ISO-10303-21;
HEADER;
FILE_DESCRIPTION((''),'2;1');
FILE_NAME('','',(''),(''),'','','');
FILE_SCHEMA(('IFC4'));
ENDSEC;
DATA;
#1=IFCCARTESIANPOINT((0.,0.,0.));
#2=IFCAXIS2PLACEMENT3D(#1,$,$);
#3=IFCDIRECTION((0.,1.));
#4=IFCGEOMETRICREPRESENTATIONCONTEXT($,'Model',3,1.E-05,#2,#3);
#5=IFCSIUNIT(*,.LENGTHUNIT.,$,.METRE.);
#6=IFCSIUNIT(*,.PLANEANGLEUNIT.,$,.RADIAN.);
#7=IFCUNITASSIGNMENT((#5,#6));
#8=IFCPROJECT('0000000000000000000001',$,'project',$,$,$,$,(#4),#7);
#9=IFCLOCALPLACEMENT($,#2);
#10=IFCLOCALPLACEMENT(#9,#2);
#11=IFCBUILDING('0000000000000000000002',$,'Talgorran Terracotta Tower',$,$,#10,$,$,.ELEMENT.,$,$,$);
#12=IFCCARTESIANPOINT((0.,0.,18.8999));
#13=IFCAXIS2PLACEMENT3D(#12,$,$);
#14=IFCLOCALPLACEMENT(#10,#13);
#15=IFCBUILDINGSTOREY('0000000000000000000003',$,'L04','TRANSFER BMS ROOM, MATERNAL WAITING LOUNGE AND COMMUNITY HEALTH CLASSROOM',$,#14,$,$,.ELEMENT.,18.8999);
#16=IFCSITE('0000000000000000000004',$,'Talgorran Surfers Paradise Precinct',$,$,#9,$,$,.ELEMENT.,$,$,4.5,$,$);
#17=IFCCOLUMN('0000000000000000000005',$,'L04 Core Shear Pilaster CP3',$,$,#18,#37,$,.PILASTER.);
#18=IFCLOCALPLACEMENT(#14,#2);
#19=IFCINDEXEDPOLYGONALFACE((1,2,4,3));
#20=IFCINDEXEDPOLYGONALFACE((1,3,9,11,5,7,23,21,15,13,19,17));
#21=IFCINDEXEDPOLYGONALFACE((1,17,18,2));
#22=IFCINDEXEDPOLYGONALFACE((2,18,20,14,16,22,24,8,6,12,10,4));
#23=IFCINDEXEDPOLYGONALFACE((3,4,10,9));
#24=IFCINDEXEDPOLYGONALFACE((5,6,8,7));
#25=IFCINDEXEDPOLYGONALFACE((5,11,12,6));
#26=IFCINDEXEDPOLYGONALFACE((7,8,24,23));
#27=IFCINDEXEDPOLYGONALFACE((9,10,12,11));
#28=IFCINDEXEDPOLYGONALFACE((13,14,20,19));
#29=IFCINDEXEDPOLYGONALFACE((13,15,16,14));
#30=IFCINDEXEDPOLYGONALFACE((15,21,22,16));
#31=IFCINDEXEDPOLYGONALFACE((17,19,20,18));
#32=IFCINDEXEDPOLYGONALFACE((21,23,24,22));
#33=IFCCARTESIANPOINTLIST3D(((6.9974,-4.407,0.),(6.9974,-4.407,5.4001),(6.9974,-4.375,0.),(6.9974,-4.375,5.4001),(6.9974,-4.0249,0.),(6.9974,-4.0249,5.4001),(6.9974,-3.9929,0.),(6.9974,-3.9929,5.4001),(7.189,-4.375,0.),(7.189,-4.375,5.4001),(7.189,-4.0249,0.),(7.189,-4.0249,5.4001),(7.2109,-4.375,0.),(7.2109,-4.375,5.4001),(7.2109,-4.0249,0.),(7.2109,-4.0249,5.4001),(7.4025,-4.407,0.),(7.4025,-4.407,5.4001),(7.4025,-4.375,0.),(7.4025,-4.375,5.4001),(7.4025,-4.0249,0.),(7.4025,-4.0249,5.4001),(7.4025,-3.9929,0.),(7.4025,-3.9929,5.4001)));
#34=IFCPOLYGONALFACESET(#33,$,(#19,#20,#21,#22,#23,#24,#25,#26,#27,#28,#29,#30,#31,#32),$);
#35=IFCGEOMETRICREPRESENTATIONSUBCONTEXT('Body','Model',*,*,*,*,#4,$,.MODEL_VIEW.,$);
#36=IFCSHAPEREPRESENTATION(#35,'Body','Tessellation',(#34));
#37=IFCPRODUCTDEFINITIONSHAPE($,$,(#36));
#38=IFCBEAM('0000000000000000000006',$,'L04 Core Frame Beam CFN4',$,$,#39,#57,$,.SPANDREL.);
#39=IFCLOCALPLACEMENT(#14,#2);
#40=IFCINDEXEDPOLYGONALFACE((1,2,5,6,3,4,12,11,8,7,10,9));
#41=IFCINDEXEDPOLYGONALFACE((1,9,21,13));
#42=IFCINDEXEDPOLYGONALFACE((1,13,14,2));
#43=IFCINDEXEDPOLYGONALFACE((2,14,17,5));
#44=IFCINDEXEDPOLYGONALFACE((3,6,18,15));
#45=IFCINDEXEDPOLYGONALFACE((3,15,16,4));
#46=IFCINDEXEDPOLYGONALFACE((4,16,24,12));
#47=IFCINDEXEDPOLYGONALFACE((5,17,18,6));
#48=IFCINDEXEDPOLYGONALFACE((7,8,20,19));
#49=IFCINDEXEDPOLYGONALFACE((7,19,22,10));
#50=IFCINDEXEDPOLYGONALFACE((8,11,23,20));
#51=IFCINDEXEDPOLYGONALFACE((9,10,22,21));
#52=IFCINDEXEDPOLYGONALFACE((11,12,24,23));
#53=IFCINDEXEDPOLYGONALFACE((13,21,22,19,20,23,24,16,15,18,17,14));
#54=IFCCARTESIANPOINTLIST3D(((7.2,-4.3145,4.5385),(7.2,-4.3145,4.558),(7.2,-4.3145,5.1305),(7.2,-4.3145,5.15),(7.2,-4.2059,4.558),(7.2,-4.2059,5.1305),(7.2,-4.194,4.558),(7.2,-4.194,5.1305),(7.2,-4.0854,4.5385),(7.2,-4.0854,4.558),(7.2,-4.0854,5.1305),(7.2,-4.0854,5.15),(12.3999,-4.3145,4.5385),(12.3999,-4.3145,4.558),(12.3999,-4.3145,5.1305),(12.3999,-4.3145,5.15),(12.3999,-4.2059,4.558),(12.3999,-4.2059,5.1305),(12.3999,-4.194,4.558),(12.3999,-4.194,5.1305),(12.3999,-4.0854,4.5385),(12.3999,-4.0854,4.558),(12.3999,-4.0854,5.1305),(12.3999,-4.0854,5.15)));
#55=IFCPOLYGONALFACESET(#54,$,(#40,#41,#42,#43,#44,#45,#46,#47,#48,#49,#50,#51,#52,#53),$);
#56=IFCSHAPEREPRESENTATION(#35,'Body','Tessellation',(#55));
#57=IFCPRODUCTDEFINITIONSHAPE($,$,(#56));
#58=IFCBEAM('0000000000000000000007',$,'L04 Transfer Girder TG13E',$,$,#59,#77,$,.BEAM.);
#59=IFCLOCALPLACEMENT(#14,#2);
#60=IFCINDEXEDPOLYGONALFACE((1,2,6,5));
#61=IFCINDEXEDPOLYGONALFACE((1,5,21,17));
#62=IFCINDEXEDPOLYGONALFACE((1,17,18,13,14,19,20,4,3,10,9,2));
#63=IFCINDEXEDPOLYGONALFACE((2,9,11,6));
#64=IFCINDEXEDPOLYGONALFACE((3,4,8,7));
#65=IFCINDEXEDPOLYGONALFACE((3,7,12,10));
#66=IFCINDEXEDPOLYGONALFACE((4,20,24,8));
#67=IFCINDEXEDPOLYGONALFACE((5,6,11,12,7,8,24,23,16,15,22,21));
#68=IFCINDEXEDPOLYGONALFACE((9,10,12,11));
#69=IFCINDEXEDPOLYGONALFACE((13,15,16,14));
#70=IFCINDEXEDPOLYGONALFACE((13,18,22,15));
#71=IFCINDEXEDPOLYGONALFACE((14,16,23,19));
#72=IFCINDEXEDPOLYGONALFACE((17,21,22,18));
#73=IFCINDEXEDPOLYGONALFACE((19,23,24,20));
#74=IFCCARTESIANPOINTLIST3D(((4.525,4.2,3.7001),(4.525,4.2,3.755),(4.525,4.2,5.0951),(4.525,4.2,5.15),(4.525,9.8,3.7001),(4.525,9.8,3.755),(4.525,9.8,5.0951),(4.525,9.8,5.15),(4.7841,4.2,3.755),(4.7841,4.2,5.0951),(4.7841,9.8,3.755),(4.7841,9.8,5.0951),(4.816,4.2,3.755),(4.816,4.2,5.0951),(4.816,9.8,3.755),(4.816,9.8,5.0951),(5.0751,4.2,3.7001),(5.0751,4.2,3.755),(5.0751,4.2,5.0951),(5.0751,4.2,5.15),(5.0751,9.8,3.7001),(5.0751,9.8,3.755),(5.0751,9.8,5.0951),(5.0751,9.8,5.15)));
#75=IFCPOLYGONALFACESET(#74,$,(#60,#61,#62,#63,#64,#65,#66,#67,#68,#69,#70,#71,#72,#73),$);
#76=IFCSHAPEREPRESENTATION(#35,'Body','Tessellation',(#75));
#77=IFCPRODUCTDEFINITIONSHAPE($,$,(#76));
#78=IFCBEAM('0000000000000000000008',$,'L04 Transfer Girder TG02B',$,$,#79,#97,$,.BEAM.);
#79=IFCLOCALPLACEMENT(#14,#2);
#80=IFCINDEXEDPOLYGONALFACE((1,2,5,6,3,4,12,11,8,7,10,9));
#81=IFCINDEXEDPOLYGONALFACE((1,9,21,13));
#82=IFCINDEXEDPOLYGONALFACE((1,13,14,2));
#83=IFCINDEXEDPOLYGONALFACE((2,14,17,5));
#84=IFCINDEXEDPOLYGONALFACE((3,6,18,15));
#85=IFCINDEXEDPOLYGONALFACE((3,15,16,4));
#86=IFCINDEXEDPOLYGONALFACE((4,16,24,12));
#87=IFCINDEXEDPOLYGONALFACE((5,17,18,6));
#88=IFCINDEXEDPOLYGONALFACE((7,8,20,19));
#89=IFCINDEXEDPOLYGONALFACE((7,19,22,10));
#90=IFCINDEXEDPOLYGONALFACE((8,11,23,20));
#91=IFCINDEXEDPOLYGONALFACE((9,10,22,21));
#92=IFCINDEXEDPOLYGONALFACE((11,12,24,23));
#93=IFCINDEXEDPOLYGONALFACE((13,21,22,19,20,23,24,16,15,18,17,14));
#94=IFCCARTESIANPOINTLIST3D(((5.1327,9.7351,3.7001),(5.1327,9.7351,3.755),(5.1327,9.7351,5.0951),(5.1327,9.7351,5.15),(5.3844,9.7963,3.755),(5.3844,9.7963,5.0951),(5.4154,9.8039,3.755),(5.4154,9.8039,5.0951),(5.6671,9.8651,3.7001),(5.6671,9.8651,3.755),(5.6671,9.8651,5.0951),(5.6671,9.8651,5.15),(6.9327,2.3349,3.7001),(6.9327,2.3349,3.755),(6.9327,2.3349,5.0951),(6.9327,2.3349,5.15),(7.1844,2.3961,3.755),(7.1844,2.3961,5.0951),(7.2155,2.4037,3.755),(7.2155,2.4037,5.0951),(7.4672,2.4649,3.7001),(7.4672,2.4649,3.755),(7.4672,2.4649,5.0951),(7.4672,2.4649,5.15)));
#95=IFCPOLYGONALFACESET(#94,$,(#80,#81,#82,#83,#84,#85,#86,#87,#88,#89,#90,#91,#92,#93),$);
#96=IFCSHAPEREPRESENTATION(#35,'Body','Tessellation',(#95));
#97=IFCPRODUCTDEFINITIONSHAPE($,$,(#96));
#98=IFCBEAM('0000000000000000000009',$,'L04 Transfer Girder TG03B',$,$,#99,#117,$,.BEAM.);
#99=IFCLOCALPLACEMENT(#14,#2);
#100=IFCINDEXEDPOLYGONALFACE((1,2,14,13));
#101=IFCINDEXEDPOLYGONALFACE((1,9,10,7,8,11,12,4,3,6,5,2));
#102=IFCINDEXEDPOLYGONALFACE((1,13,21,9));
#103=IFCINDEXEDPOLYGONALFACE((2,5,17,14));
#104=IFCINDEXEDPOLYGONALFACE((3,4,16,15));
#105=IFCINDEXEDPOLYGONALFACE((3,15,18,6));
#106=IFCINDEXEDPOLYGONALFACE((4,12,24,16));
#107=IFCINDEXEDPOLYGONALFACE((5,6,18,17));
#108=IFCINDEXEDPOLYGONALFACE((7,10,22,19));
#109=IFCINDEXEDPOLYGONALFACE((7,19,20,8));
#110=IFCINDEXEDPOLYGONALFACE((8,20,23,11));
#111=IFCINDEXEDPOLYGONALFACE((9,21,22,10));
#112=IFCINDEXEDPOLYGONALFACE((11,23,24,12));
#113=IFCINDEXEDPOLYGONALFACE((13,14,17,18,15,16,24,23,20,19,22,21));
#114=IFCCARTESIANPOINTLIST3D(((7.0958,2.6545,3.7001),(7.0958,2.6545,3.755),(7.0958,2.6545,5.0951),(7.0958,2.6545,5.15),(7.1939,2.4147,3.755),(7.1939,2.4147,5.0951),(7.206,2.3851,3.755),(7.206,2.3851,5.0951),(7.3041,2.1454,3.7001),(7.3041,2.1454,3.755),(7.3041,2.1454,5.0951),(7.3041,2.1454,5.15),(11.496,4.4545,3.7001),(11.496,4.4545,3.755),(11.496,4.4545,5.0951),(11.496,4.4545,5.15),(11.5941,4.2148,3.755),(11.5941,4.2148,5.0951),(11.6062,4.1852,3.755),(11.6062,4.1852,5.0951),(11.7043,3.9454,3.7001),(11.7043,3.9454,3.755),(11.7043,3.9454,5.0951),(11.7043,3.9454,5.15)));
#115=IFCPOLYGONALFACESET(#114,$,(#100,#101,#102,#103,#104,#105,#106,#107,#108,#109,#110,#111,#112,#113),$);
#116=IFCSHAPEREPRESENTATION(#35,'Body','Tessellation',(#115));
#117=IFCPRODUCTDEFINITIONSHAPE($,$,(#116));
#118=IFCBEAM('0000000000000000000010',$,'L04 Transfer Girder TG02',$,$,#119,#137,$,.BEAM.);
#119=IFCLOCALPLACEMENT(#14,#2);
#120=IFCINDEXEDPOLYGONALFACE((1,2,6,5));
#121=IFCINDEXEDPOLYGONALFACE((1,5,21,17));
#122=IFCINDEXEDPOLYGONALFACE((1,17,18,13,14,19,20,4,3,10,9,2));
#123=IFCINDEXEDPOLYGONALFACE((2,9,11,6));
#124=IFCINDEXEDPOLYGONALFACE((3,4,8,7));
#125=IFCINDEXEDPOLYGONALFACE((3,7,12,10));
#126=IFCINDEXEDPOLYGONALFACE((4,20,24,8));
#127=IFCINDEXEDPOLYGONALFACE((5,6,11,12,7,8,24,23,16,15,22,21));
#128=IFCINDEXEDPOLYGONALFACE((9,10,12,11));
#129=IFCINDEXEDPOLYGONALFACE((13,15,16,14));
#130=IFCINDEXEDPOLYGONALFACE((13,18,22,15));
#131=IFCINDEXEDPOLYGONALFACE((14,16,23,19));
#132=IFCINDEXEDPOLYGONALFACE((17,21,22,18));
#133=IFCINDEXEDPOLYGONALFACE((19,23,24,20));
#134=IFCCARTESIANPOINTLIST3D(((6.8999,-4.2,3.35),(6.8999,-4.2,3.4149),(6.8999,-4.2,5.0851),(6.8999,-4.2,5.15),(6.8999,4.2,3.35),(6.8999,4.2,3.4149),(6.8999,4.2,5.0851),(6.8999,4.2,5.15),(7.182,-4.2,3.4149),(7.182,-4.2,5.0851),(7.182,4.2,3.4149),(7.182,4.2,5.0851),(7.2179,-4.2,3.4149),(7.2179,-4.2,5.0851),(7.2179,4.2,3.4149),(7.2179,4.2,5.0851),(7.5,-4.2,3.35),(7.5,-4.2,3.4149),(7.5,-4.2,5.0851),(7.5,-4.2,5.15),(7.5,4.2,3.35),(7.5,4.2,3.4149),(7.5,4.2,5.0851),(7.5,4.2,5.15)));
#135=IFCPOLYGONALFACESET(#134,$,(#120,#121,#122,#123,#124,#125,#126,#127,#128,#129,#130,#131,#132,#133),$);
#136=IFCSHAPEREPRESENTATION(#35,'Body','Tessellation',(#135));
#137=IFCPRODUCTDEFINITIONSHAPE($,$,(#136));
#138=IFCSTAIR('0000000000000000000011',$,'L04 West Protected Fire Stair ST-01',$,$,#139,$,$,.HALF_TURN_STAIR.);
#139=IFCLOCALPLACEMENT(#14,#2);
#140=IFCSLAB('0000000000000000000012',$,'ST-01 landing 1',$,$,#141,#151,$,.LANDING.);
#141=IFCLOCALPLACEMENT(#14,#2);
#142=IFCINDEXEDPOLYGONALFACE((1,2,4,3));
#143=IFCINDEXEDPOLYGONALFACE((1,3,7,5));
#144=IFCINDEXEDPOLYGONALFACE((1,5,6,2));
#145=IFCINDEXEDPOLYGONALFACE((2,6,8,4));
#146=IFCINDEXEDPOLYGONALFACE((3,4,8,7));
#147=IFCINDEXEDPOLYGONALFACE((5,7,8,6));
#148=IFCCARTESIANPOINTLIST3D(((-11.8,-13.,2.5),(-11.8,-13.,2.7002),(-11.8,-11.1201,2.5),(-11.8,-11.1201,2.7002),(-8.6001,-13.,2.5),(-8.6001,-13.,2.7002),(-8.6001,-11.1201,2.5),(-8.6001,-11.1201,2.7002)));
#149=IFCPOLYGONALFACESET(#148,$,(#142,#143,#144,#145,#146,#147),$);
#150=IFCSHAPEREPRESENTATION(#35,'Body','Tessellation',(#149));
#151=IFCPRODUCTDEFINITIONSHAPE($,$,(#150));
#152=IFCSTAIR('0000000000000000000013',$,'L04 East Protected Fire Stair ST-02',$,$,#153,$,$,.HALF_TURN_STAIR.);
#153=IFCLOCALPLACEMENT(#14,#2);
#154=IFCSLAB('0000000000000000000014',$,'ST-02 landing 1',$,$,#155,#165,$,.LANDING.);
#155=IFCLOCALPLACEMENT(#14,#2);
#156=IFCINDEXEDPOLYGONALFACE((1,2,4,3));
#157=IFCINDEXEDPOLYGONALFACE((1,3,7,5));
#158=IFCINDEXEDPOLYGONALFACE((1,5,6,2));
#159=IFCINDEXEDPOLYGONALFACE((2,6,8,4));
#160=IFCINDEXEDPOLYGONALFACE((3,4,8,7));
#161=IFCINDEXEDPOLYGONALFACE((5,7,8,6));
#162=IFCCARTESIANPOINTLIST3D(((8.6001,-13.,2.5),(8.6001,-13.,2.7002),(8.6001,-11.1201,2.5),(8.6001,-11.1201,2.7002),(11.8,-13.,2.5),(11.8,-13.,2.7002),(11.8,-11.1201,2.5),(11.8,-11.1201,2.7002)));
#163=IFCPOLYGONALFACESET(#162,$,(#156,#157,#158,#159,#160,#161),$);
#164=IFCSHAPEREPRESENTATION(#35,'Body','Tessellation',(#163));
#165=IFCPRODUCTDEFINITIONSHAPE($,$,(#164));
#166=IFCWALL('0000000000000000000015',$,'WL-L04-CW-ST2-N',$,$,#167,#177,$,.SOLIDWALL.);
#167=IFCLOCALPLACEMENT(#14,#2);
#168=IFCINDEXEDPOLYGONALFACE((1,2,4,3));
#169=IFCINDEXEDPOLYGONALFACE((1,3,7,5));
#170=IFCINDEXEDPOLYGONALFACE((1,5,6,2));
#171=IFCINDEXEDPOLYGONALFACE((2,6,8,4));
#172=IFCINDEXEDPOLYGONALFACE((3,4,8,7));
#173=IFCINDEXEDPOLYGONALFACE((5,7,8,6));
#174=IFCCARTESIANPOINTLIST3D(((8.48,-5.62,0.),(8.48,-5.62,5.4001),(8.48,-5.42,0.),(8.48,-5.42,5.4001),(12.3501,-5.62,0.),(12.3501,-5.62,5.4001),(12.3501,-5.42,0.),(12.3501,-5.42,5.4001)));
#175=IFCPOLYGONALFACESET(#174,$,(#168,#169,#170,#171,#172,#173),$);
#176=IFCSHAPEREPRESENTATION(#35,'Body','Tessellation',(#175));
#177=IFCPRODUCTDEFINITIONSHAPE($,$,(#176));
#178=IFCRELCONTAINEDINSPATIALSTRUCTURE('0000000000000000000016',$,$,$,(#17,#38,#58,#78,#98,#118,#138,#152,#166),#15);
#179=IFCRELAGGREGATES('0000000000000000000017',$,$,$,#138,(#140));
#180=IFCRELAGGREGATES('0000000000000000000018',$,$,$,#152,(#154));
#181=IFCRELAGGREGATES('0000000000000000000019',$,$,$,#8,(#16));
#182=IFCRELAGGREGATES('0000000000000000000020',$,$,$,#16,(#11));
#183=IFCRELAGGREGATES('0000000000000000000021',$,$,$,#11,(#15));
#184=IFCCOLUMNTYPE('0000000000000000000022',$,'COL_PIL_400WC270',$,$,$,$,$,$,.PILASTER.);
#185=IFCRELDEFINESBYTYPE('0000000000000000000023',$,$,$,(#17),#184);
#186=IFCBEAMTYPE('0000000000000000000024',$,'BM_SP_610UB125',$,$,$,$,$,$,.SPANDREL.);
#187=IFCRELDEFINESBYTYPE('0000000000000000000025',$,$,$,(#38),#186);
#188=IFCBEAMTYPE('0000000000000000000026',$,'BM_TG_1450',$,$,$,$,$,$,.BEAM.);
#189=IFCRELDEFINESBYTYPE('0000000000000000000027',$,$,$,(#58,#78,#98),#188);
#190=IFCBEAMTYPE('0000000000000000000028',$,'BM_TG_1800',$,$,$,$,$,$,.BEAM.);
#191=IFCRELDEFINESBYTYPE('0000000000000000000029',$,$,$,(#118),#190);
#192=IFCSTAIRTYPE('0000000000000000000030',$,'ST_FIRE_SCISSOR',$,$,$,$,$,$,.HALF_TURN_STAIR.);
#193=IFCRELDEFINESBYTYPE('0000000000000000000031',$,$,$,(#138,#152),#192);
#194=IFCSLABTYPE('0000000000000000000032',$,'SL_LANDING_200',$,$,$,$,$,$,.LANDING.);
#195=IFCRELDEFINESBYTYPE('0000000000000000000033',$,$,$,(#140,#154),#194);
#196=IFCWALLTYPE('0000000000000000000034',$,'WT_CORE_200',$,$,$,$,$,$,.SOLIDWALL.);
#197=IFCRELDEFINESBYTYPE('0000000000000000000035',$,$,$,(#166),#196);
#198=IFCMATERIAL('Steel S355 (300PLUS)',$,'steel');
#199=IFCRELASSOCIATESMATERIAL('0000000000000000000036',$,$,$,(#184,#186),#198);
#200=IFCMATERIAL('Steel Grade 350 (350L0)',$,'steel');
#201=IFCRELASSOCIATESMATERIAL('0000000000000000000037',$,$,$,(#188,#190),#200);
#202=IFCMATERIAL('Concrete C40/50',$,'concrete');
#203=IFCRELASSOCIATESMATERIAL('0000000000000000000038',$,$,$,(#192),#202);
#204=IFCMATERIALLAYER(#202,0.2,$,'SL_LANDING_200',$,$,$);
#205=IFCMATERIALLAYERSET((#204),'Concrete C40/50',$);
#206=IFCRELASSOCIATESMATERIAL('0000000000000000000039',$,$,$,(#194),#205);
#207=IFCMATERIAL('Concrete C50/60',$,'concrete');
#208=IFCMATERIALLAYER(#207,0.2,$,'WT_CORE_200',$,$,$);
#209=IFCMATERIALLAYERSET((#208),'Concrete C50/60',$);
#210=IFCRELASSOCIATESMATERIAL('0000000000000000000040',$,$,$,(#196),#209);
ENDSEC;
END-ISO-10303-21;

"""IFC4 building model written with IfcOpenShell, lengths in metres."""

from ifc_helpers import new_model, si_unit, direction, frame, frame_2d, origin, origin_2d, place, context, subcontext, project, spatial, polyline, rectangle, i_section, outline, extrude, material, layer, layer_set, material_profile, profile_set, type_object, element, aggregate, save


model = new_model("IFC4")

# Units and contexts
model_context = context("Model", 3, precision=1e-05, world=origin(), true_north=direction((0.0, 1.0)))
body_context = subcontext(model_context, "Body", "Model", "MODEL_VIEW")
ifc_project = project(units=[si_unit("LENGTHUNIT", "METRE"), si_unit("PLANEANGLEUNIT", "RADIAN")], contexts=[model_context])

# Site, building, storey
site_placement = place(None, origin())
site = spatial("IfcSite", under=ifc_project, at=site_placement, Name="Talgorran Surfers Paradise Precinct", CompositionType="ELEMENT", RefElevation=4.5)
building_placement = place(site_placement, origin())
building = spatial("IfcBuilding", under=site, at=building_placement, Name="Talgorran Terracotta Tower", CompositionType="ELEMENT")
storey_placement = place(building_placement, frame((0.0, 0.0, 18.8999)))
storey = spatial("IfcBuildingStorey", under=building, at=storey_placement, Name="L04", Description="TRANSFER BMS ROOM, MATERNAL WAITING LOUNGE AND COMMUNITY HEALTH CLASSROOM", CompositionType="ELEMENT", Elevation=18.8999)

# Column
ifc_material_1 = material(Name="Steel S355 (300PLUS)", Category="steel")
ifc_material_profile_1 = material_profile(ifc_material_1, i_section(OverallWidth=0.405, OverallDepth=0.4141, WebThickness=0.022, FlangeThickness=0.032, at=origin_2d()), Name="400WC270")
ifc_profile_set_1 = profile_set([ifc_material_profile_1], Name="Steel S355 (300PLUS)")
column_type = type_object("IfcColumnType", Name="COL_PIL_400WC270", PredefinedType="PILASTER", material=ifc_profile_set_1)
column_placement = place(storey_placement, frame((7.2, -4.2, 0.0), z_axis=(0.0, 0.0, 1.0), x_axis=(1.0, 0.0, 0.0)))
element("IfcColumn", 1, at=column_placement, inside=storey, type_object=column_type, Name="L04 Core Shear Pilaster CP3", PredefinedType="PILASTER", context=body_context, shape_type="SweptSolid", body=[
    extrude(i_section(OverallWidth=0.405, OverallDepth=0.4141, WebThickness=0.022, FlangeThickness=0.032, at=origin_2d()), origin(), (0.0, 0.0, 1.0), 5.4001),
])

# Beams
ifc_material_profile_2 = material_profile(ifc_material_1, i_section(OverallWidth=0.229, OverallDepth=0.6116, WebThickness=0.012, FlangeThickness=0.0195, at=origin_2d()), Name="610UB125")
ifc_profile_set_2 = profile_set([ifc_material_profile_2], Name="Steel S355 (300PLUS)")
beam_type_1 = type_object("IfcBeamType", Name="BM_SP_610UB125", PredefinedType="SPANDREL", material=ifc_profile_set_2)
beam_1_placement = place(storey_placement, frame((7.2, -4.2, 4.8442), z_axis=(1.0, 0.0, 0.0), x_axis=(0.0, 1.0, 0.0)))
element("IfcBeam", 2, at=beam_1_placement, inside=storey, type_object=beam_type_1, Name="L04 Core Frame Beam CFN4", PredefinedType="SPANDREL", context=body_context, shape_type="SweptSolid", body=[
    extrude(i_section(OverallWidth=0.229, OverallDepth=0.6116, WebThickness=0.012, FlangeThickness=0.0195, at=origin_2d()), origin(), (0.0, 0.0, 1.0), 5.2),
])
ifc_material_2 = material(Name="Steel Grade 350 (350L0)", Category="steel")
ifc_material_profile_3 = material_profile(ifc_material_2, i_section(OverallWidth=0.55, OverallDepth=1.45, WebThickness=0.032, FlangeThickness=0.0549, at=origin_2d()), Name="TG1450X550")
ifc_profile_set_3 = profile_set([ifc_material_profile_3], Name="Steel Grade 350 (350L0)")
beam_type_2 = type_object("IfcBeamType", Name="BM_TG_1450", PredefinedType="BEAM", material=ifc_profile_set_3)
beam_2_placement = place(storey_placement, frame((4.8, 4.2, 4.425), z_axis=(0.0, 1.0, 0.0), x_axis=(-1.0, 0.0, 0.0)))
element("IfcBeam", 3, at=beam_2_placement, inside=storey, type_object=beam_type_2, Name="L04 Transfer Girder TG13E", PredefinedType="BEAM", context=body_context, shape_type="SweptSolid", body=[
    extrude(i_section(OverallWidth=0.55, OverallDepth=1.45, WebThickness=0.032, FlangeThickness=0.0549, at=origin_2d()), origin(), (0.0, 0.0, 1.0), 5.6001),
])
beam_3_placement = place(storey_placement, frame((7.2, 2.3999, 4.425), z_axis=(-0.236353, 0.971667, 0.0), x_axis=(-0.971667, -0.236353, 0.0)))
element("IfcBeam", 4, at=beam_3_placement, inside=storey, type_object=beam_type_2, Name="L04 Transfer Girder TG02B", PredefinedType="BEAM", context=body_context, shape_type="SweptSolid", body=[
    extrude(i_section(OverallWidth=0.55, OverallDepth=1.45, WebThickness=0.032, FlangeThickness=0.0549, at=origin_2d()), origin(), (0.0, 0.0, 1.0), 7.616),
])
beam_4_placement = place(storey_placement, frame((7.2, 2.3999, 4.425), z_axis=(0.925548, 0.378631, 0.0), x_axis=(-0.378631, 0.925548, 0.0)))
element("IfcBeam", 5, at=beam_4_placement, inside=storey, type_object=beam_type_2, Name="L04 Transfer Girder TG03B", PredefinedType="BEAM", context=body_context, shape_type="SweptSolid", body=[
    extrude(i_section(OverallWidth=0.55, OverallDepth=1.45, WebThickness=0.032, FlangeThickness=0.0549, at=origin_2d()), origin(), (0.0, 0.0, 1.0), 4.7542),
])
ifc_material_profile_4 = material_profile(ifc_material_2, i_section(OverallWidth=0.6001, OverallDepth=1.8, WebThickness=0.0359, FlangeThickness=0.0649, at=origin_2d()), Name="TG1800X600")
ifc_profile_set_4 = profile_set([ifc_material_profile_4], Name="Steel Grade 350 (350L0)")
beam_type_3 = type_object("IfcBeamType", Name="BM_TG_1800", PredefinedType="BEAM", material=ifc_profile_set_4)
beam_5_placement = place(storey_placement, frame((7.2, -4.2, 4.25), z_axis=(0.0, 1.0, 0.0), x_axis=(-1.0, 0.0, 0.0)))
element("IfcBeam", 6, at=beam_5_placement, inside=storey, type_object=beam_type_3, Name="L04 Transfer Girder TG02", PredefinedType="BEAM", context=body_context, shape_type="SweptSolid", body=[
    extrude(i_section(OverallWidth=0.6001, OverallDepth=1.8, WebThickness=0.0359, FlangeThickness=0.0649, at=origin_2d()), origin(), (0.0, 0.0, 1.0), 8.3999),
])

# Stairs, slabs
ifc_material_3 = material(Name="Concrete C40/50", Category="concrete")
stair_type = type_object("IfcStairType", Name="ST_FIRE_SCISSOR", PredefinedType="HALF_TURN_STAIR", material=ifc_material_3)
stair_1_placement = place(storey_placement, origin())
stair_1 = element("IfcStair", 7, at=stair_1_placement, inside=storey, type_object=stair_type, Name="L04 West Protected Fire Stair ST-01", PredefinedType="HALF_TURN_STAIR")
ifc_layer_1 = layer(ifc_material_3, 0.2, Name="SL_LANDING_200")
ifc_layer_set_1 = layer_set([ifc_layer_1], Name="Concrete C40/50")
slab_type = type_object("IfcSlabType", Name="SL_LANDING_200", PredefinedType="LANDING", material=ifc_layer_set_1)
slab_1_placement = place(storey_placement, frame((0.0, 0.0, 2.5)))
slab_1 = element("IfcSlab", 8, at=slab_1_placement, type_object=slab_type, Name="ST-01 landing 1", PredefinedType="LANDING", context=body_context, shape_type="SweptSolid", body=[
    extrude(outline(polyline([(-11.8, -11.1201), (-11.8, -13.0), (-8.6001, -13.0), (-8.6001, -11.1201), (-11.8, -11.1201)])), origin(), (0.0, 0.0, 1.0), 0.2002),
])
aggregate(stair_1, [slab_1])
stair_2_placement = place(storey_placement, origin())
stair_2 = element("IfcStair", 9, at=stair_2_placement, inside=storey, type_object=stair_type, Name="L04 East Protected Fire Stair ST-02", PredefinedType="HALF_TURN_STAIR")
slab_2_placement = place(storey_placement, frame((0.0, 0.0, 2.5)))
slab_2 = element("IfcSlab", 10, at=slab_2_placement, type_object=slab_type, Name="ST-02 landing 1", PredefinedType="LANDING", context=body_context, shape_type="SweptSolid", body=[
    extrude(outline(polyline([(8.6001, -11.1201), (8.6001, -13.0), (11.8, -13.0), (11.8, -11.1201), (8.6001, -11.1201)])), origin(), (0.0, 0.0, 1.0), 0.2002),
])

# Wall
ifc_material_4 = material(Name="Concrete C50/60", Category="concrete")
ifc_layer_2 = layer(ifc_material_4, 0.2, Name="WT_CORE_200")
ifc_layer_set_2 = layer_set([ifc_layer_2], Name="Concrete C50/60")
wall_type_1 = type_object("IfcWallType", Name="WT_CORE_200", PredefinedType="SOLIDWALL", material=ifc_layer_set_2)
wall_1_placement = place(storey_placement, frame((8.48, -5.52, 0.0), z_axis=(0.0, 0.0, 1.0), x_axis=(1.0, 0.0, 0.0)))
element("IfcWall", 11, at=wall_1_placement, inside=storey, type_object=wall_type_1, Name="WL-L04-CW-ST2-N", PredefinedType="SOLIDWALL", context=body_context, shape_type="SweptSolid", body=[
    extrude(rectangle(XDim=3.8701, YDim=0.2, at=frame_2d((1.9351, 0.0))), origin(), (0.0, 0.0, 1.0), 5.4001),
])

aggregate(stair_2, [slab_2])

save(model, "model.ifc")
